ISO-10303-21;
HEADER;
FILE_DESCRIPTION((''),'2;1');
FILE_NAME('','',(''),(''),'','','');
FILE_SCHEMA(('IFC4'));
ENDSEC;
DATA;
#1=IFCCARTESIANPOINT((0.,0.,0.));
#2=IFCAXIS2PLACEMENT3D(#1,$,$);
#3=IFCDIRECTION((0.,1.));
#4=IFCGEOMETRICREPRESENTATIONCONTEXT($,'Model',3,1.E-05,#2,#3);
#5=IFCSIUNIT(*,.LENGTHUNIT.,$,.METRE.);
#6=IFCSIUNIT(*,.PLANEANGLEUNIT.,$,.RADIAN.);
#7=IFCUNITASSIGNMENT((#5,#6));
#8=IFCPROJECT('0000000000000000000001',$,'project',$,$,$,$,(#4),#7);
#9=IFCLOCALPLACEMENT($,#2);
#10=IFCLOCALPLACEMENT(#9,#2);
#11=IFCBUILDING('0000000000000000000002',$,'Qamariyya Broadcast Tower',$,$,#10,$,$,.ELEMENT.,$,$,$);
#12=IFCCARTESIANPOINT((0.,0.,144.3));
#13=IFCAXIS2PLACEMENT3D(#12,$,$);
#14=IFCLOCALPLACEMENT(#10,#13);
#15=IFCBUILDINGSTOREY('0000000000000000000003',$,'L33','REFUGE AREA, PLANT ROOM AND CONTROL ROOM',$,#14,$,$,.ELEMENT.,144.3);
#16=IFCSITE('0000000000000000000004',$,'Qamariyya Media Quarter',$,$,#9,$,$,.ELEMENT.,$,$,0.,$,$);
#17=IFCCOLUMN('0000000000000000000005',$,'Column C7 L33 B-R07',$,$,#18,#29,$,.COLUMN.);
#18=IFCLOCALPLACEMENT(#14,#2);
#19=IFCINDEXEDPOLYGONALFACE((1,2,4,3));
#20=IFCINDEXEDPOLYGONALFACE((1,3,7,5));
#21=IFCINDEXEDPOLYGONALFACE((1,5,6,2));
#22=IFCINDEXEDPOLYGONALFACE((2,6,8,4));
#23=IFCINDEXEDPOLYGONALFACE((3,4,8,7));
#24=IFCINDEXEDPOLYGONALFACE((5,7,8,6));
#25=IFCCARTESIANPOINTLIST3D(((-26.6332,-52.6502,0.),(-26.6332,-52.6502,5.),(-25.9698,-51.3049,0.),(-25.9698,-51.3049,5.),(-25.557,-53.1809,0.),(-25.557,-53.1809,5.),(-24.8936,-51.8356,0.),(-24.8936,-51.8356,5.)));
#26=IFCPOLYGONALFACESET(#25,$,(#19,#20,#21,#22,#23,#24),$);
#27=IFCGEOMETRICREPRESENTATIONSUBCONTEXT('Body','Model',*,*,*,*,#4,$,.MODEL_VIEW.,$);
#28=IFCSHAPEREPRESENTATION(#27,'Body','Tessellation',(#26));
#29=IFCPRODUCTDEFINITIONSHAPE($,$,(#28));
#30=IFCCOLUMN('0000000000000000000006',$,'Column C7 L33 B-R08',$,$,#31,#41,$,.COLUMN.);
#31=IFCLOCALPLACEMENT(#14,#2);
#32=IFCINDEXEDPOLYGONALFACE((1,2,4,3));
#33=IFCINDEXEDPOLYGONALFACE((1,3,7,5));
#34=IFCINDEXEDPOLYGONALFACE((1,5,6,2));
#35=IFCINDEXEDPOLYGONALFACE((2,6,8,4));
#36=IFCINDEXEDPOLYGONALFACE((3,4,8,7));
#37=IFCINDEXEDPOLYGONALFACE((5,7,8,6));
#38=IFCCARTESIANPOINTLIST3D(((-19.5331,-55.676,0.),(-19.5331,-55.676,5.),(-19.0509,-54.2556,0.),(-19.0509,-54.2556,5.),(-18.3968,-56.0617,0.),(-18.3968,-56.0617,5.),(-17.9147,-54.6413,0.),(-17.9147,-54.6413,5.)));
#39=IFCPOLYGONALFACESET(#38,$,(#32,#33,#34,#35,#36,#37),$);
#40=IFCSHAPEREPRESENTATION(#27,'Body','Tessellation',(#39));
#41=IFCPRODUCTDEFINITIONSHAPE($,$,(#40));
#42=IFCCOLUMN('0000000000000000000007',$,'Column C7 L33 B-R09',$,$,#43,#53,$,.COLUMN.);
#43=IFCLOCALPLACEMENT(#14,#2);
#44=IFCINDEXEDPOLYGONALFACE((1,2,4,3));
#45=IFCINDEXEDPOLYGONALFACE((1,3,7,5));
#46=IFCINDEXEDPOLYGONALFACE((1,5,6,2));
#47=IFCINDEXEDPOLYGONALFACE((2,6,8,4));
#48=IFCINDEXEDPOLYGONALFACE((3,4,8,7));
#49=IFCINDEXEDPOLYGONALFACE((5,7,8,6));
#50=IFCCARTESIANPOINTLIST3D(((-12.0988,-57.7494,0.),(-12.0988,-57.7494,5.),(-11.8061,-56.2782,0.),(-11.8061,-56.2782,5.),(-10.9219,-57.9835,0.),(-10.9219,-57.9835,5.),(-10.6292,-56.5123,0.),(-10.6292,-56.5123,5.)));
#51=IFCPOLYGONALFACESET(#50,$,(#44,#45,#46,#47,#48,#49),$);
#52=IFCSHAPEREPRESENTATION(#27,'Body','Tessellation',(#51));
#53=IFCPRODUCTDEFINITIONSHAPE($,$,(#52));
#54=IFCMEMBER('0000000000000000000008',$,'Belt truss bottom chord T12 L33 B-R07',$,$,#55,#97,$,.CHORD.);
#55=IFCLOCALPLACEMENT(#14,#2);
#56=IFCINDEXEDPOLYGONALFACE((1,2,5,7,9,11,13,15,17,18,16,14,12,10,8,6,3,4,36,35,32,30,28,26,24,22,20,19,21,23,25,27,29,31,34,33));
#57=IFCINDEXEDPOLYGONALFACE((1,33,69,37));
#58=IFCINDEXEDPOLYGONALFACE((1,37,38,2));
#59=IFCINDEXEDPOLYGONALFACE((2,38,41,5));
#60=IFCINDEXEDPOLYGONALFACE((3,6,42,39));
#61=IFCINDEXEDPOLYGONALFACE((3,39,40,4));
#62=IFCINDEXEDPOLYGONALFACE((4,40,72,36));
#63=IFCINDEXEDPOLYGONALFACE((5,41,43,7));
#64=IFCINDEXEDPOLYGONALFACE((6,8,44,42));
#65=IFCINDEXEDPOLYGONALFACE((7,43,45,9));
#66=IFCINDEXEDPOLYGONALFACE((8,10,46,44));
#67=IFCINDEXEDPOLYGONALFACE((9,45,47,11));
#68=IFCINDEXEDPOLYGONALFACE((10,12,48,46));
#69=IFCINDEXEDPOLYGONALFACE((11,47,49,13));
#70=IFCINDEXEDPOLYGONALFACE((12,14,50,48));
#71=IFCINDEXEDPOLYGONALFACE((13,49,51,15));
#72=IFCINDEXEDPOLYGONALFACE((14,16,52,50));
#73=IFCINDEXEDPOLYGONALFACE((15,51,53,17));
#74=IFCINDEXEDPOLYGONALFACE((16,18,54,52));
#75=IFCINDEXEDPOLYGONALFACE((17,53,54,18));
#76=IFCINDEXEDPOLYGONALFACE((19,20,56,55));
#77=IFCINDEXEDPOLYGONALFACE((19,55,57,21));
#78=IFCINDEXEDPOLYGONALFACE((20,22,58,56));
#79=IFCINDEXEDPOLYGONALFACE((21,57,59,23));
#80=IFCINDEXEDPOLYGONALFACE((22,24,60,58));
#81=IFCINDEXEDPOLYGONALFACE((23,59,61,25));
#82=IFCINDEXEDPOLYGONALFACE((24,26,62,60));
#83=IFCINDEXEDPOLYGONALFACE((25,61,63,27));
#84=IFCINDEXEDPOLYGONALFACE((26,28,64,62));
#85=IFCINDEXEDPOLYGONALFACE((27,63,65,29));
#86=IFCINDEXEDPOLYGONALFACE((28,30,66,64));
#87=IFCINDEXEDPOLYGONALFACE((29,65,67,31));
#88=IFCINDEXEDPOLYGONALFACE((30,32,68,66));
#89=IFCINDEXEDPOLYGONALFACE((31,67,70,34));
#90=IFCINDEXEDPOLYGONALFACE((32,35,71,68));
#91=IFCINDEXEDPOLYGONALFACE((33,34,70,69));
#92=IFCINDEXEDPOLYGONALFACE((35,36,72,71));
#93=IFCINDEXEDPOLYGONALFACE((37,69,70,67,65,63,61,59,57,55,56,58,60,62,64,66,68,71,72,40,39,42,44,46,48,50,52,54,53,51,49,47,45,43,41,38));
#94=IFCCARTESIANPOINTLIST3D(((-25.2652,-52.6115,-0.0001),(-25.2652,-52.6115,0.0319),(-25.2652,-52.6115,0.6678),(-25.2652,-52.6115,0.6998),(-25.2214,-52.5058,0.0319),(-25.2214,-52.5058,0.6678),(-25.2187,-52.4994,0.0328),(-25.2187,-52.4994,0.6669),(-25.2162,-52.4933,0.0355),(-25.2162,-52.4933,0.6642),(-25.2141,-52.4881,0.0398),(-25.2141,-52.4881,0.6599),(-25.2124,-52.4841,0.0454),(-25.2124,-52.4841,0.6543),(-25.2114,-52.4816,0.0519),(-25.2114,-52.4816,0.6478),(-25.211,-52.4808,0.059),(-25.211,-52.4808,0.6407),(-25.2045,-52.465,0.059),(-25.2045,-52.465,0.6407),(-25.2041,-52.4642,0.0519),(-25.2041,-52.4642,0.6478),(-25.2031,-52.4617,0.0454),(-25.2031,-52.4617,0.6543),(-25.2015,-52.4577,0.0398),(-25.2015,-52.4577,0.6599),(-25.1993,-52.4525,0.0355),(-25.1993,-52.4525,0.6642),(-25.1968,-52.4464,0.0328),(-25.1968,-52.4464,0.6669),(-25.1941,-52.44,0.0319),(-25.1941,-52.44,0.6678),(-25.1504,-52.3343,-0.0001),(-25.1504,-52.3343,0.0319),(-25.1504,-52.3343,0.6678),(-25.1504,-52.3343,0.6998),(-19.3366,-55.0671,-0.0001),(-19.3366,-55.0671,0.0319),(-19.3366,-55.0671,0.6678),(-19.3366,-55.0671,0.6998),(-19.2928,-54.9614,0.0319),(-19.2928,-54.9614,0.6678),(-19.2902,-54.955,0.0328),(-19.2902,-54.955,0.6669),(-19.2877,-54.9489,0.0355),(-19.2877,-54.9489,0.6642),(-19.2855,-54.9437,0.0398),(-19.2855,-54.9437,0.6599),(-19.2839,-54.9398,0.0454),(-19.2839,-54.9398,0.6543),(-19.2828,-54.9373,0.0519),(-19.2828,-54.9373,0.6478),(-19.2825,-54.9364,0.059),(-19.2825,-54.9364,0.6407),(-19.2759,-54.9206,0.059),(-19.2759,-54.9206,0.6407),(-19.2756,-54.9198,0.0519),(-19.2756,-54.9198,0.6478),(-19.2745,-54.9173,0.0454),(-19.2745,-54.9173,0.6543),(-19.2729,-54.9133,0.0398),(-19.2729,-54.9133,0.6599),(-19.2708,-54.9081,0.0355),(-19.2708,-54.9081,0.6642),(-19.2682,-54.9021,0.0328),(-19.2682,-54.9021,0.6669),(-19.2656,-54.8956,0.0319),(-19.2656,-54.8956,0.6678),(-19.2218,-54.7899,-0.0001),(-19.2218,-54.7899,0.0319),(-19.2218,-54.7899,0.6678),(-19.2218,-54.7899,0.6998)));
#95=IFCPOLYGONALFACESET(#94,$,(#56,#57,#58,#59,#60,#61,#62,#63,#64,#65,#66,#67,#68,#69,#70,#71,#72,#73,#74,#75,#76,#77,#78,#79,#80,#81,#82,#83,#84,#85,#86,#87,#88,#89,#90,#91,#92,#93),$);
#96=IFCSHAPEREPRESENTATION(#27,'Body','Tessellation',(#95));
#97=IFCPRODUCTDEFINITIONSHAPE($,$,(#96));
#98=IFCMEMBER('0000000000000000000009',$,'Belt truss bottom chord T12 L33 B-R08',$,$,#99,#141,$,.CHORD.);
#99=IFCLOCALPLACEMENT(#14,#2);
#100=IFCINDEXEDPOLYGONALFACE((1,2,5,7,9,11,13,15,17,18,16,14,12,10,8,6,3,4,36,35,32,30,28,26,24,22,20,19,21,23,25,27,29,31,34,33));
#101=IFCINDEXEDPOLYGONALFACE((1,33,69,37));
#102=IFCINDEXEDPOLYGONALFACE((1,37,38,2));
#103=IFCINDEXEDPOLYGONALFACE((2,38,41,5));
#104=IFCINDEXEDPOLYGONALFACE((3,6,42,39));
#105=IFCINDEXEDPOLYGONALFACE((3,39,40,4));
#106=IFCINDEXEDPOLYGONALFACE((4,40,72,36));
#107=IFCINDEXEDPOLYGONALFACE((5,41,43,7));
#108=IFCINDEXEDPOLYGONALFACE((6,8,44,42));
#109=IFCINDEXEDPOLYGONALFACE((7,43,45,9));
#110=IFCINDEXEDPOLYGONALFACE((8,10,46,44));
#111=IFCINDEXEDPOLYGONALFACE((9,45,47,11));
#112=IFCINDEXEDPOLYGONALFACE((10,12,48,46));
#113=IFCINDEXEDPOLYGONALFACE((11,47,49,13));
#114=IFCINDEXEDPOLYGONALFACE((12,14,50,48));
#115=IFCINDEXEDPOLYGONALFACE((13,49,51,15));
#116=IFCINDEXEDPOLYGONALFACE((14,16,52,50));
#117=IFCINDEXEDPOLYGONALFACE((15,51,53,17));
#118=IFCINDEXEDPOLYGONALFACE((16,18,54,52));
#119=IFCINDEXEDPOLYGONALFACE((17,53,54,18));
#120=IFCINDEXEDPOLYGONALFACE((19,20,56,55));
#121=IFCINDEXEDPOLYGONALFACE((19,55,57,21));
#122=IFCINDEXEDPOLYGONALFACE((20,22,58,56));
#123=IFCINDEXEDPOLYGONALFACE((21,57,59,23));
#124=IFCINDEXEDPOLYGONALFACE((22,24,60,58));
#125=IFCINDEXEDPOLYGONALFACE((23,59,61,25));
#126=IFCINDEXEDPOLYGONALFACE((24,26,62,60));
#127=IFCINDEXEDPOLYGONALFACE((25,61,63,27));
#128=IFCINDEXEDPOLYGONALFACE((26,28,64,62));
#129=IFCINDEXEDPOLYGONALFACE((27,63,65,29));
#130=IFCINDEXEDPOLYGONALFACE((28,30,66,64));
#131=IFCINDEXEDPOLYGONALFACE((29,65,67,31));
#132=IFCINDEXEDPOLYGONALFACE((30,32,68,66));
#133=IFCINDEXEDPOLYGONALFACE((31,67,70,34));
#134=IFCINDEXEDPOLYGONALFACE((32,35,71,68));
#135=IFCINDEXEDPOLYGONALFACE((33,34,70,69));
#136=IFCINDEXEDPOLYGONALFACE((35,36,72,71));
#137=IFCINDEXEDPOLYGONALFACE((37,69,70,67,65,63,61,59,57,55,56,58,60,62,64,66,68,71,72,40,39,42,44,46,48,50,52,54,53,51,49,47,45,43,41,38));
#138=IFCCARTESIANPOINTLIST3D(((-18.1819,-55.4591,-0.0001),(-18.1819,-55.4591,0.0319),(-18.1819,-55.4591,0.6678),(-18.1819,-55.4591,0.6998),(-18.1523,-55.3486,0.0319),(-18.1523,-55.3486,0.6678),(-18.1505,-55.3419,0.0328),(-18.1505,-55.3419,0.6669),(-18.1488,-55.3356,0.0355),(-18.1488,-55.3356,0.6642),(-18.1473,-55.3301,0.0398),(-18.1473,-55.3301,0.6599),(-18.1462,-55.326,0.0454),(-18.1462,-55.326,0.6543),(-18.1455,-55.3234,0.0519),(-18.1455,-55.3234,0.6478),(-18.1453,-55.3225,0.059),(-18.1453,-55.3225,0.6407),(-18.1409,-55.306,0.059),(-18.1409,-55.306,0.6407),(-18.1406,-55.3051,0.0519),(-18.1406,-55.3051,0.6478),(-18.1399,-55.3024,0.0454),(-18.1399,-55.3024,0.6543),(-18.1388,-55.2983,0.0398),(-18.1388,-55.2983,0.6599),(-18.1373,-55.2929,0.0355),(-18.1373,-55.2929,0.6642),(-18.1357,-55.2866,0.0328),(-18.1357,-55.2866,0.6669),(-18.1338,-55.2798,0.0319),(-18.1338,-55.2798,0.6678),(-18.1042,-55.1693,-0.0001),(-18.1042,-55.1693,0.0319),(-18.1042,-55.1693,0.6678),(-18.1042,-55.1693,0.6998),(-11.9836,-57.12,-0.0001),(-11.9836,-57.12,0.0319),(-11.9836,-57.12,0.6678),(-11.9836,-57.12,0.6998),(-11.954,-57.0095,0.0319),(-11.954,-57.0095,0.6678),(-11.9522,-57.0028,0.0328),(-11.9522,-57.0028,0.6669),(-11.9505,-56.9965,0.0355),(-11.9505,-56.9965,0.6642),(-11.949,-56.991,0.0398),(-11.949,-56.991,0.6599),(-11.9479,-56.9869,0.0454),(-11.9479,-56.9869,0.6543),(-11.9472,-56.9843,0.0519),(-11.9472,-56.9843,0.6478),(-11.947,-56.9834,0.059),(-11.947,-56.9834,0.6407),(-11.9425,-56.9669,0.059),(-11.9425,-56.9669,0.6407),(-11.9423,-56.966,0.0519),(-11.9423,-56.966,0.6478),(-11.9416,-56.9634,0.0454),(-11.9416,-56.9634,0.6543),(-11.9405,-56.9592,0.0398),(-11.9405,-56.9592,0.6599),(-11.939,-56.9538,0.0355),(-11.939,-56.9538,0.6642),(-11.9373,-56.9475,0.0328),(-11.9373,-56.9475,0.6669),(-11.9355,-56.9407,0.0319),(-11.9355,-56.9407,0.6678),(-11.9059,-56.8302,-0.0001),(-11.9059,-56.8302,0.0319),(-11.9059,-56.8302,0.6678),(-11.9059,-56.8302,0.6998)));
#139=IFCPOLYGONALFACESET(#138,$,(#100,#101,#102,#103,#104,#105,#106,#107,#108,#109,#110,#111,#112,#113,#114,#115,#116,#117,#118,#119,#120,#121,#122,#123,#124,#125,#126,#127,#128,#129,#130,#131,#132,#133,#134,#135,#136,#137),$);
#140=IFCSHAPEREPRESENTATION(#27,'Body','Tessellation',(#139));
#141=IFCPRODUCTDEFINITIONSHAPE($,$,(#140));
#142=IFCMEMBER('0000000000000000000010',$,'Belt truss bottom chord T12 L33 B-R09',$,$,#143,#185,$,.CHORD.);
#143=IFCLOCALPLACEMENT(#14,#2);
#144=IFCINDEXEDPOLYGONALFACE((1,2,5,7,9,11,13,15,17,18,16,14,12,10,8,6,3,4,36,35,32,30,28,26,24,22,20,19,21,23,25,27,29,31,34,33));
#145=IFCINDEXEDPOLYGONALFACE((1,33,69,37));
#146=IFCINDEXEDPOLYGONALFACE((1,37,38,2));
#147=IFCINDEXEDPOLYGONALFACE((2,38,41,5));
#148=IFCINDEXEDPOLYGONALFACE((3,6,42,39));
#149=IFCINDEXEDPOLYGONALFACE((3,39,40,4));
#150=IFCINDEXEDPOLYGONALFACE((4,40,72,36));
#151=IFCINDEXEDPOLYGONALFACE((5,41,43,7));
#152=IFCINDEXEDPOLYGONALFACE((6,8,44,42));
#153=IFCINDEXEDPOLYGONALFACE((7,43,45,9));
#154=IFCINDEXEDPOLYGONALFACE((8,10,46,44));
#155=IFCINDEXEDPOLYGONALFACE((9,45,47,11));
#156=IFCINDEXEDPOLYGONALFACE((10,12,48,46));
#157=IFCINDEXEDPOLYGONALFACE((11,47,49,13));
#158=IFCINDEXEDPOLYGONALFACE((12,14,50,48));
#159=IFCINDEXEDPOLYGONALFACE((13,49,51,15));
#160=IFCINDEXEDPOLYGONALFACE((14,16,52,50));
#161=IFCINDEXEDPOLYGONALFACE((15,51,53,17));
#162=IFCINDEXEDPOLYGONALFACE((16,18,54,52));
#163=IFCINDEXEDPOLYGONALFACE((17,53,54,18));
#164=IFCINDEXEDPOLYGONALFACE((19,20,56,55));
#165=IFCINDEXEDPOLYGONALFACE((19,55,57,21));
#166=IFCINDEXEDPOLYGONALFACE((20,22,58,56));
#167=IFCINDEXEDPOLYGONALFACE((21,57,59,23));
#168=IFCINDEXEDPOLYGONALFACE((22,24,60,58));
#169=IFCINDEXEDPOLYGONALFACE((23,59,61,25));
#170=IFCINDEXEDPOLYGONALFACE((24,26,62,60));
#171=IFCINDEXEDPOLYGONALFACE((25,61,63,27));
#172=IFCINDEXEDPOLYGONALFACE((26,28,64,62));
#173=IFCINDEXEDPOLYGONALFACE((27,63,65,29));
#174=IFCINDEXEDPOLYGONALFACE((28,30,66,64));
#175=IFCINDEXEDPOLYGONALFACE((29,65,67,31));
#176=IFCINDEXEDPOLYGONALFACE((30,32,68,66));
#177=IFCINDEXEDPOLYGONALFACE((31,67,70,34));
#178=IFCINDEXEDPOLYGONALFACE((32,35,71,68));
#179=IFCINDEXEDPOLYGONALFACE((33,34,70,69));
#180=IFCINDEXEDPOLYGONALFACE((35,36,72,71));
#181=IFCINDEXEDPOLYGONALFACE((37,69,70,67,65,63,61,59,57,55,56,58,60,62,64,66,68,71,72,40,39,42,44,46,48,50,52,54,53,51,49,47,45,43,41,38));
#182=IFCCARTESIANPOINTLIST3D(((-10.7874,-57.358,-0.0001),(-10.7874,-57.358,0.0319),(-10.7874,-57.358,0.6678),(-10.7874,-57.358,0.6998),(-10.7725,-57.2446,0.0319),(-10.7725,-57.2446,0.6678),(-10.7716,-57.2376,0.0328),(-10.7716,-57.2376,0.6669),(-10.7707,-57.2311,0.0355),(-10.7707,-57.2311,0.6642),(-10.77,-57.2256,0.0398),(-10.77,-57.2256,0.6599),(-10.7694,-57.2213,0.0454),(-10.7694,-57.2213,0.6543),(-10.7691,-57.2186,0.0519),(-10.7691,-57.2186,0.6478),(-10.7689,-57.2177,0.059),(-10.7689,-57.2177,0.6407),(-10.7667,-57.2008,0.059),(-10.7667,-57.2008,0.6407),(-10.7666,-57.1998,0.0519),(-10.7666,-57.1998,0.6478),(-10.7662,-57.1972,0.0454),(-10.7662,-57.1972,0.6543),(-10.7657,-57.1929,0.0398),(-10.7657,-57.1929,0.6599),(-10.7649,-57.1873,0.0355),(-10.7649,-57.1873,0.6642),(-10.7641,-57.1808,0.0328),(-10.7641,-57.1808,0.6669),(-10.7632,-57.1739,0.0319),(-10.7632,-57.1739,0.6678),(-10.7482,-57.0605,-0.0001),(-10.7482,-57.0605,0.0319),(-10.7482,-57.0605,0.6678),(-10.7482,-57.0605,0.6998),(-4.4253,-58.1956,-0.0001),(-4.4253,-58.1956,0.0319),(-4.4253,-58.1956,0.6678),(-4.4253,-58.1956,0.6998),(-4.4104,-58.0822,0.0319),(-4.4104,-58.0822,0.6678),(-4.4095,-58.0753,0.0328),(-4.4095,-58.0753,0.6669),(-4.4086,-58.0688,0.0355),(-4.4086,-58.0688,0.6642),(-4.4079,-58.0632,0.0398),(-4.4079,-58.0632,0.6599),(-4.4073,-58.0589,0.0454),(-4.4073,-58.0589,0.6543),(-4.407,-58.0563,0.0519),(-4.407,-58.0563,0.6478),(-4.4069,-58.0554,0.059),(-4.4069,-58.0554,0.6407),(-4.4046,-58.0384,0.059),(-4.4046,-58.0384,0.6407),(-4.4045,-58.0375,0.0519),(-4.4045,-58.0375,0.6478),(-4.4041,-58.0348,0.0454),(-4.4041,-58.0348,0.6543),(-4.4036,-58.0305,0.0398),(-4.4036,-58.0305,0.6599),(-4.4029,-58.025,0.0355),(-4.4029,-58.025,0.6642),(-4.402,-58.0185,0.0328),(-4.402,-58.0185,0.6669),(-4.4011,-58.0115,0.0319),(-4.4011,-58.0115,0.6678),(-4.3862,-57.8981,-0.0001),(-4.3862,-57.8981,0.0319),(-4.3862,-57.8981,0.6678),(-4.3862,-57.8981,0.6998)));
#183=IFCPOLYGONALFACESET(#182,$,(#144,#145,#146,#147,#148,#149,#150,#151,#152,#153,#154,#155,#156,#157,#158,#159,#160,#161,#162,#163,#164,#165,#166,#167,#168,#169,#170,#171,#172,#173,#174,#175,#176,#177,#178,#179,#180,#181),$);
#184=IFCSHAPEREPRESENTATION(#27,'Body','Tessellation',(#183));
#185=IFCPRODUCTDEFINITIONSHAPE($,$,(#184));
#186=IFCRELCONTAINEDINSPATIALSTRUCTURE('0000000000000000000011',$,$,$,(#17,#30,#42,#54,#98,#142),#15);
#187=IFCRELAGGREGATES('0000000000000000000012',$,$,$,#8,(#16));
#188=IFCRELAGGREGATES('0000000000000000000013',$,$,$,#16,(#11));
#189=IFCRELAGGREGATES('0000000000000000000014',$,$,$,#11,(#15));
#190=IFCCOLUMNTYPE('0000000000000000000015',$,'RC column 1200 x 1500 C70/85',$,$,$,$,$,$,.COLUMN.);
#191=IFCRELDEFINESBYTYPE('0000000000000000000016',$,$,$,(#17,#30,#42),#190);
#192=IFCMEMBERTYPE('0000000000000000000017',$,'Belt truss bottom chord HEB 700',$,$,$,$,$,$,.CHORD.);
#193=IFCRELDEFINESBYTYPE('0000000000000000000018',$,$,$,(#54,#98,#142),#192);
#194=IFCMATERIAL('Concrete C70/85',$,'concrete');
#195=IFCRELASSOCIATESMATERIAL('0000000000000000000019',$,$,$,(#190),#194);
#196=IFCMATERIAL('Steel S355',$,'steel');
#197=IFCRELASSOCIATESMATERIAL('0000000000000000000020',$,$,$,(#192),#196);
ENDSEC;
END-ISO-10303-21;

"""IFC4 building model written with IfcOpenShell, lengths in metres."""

from ifc_helpers import new_model, si_unit, direction, frame, origin, origin_2d, place, context, subcontext, project, spatial, rectangle, i_section, extrude, material, material_profile, profile_set, type_object, element, save


model = new_model("IFC4")

# Units and contexts
model_context = context("Model", 3, precision=1e-05, world=origin(), true_north=direction((0.0, 1.0)))
body_context = subcontext(model_context, "Body", "Model", "MODEL_VIEW")
ifc_project = project(units=[si_unit("LENGTHUNIT", "METRE"), si_unit("PLANEANGLEUNIT", "RADIAN")], contexts=[model_context])

# Site, building, storey
site_placement = place(None, origin())
site = spatial("IfcSite", under=ifc_project, at=site_placement, Name="Qamariyya Media Quarter", CompositionType="ELEMENT", RefElevation=0.0)
building_placement = place(site_placement, origin())
building = spatial("IfcBuilding", under=site, at=building_placement, Name="Qamariyya Broadcast Tower", CompositionType="ELEMENT")
storey_placement = place(building_placement, frame((0.0, 0.0, 144.3)))
storey = spatial("IfcBuildingStorey", under=building, at=storey_placement, Name="L33", Description="REFUGE AREA, PLANT ROOM AND CONTROL ROOM", CompositionType="ELEMENT", Elevation=144.3)

# Columns
ifc_material_1 = material(Name="Concrete C70/85", Category="concrete")
ifc_material_profile_1 = material_profile(ifc_material_1, rectangle(XDim=1.2, YDim=1.5, at=origin_2d()))
ifc_profile_set_1 = profile_set([ifc_material_profile_1], Name="Concrete C70/85")
column_type = type_object("IfcColumnType", Name="RC column 1200 x 1500 C70/85", PredefinedType="COLUMN", material=ifc_profile_set_1)
for number, where, z_axis, x_axis, name in (
    (1, (-25.7634, -52.2429, 0.0), (0.0, 0.0, 1.0), (0.896873, -0.442289, 0.0), "Column C7 L33 B-R07"),
    (2, (-18.7239, -55.1587, 0.0), (0.0, 0.0, 1.0), (0.94693, -0.321439, 0.0), "Column C7 L33 B-R08"),
    (3, (-11.364, -57.1309, 0.0), (0.0, 0.0, 1.0), (0.980785, -0.19509, 0.0), "Column C7 L33 B-R09"),
):
    element("IfcColumn", number, at=place(storey_placement, frame(where, z_axis=z_axis, x_axis=x_axis)), inside=storey, type_object=column_type, Name=name, PredefinedType="COLUMN", context=body_context, shape_type="SweptSolid", body=[
        extrude(rectangle(XDim=1.2, YDim=1.5, at=origin_2d()), origin(), (0.0, 0.0, 1.0), 5.0),
    ])

# Members
ifc_material_2 = material(Name="Steel S355", Category="steel")
ifc_material_profile_2 = material_profile(ifc_material_2, i_section(OverallWidth=0.3, OverallDepth=0.7, WebThickness=0.0171, FlangeThickness=0.032, FilletRadius=0.0271, at=origin_2d()))
ifc_profile_set_2 = profile_set([ifc_material_profile_2], Name="Steel S355")
member_type_1 = type_object("IfcMemberType", Name="Belt truss bottom chord HEB 700", PredefinedType="CHORD", material=ifc_profile_set_2)
for number, where, z_axis, x_axis, name in (
    (4, (-25.2078, -52.4729, 0.3499), (0.923884, -0.382672, 0.0), (0.382672, 0.923884, 0.0), "Belt truss bottom chord T12 L33 B-R07"),
    (5, (-18.1431, -55.3142, 0.3499), (0.965923, -0.25883, 0.0), (0.25883, 0.965923, 0.0), "Belt truss bottom chord T12 L33 B-R08"),
    (6, (-10.7678, -57.2092, 0.3499), (0.991444, -0.130536, 0.0), (0.130536, 0.991444, 0.0), "Belt truss bottom chord T12 L33 B-R09"),
):
    element("IfcMember", number, at=place(storey_placement, frame(where, z_axis=z_axis, x_axis=x_axis)), inside=storey, type_object=member_type_1, Name=name, PredefinedType="CHORD", context=body_context, shape_type="SweptSolid", body=[
        extrude(i_section(OverallWidth=0.3, OverallDepth=0.7, WebThickness=0.0171, FlangeThickness=0.032, FilletRadius=0.0271, at=origin_2d()), origin(), (0.0, 0.0, 1.0), 6.417),
    ])

save(model, "model.ifc")
